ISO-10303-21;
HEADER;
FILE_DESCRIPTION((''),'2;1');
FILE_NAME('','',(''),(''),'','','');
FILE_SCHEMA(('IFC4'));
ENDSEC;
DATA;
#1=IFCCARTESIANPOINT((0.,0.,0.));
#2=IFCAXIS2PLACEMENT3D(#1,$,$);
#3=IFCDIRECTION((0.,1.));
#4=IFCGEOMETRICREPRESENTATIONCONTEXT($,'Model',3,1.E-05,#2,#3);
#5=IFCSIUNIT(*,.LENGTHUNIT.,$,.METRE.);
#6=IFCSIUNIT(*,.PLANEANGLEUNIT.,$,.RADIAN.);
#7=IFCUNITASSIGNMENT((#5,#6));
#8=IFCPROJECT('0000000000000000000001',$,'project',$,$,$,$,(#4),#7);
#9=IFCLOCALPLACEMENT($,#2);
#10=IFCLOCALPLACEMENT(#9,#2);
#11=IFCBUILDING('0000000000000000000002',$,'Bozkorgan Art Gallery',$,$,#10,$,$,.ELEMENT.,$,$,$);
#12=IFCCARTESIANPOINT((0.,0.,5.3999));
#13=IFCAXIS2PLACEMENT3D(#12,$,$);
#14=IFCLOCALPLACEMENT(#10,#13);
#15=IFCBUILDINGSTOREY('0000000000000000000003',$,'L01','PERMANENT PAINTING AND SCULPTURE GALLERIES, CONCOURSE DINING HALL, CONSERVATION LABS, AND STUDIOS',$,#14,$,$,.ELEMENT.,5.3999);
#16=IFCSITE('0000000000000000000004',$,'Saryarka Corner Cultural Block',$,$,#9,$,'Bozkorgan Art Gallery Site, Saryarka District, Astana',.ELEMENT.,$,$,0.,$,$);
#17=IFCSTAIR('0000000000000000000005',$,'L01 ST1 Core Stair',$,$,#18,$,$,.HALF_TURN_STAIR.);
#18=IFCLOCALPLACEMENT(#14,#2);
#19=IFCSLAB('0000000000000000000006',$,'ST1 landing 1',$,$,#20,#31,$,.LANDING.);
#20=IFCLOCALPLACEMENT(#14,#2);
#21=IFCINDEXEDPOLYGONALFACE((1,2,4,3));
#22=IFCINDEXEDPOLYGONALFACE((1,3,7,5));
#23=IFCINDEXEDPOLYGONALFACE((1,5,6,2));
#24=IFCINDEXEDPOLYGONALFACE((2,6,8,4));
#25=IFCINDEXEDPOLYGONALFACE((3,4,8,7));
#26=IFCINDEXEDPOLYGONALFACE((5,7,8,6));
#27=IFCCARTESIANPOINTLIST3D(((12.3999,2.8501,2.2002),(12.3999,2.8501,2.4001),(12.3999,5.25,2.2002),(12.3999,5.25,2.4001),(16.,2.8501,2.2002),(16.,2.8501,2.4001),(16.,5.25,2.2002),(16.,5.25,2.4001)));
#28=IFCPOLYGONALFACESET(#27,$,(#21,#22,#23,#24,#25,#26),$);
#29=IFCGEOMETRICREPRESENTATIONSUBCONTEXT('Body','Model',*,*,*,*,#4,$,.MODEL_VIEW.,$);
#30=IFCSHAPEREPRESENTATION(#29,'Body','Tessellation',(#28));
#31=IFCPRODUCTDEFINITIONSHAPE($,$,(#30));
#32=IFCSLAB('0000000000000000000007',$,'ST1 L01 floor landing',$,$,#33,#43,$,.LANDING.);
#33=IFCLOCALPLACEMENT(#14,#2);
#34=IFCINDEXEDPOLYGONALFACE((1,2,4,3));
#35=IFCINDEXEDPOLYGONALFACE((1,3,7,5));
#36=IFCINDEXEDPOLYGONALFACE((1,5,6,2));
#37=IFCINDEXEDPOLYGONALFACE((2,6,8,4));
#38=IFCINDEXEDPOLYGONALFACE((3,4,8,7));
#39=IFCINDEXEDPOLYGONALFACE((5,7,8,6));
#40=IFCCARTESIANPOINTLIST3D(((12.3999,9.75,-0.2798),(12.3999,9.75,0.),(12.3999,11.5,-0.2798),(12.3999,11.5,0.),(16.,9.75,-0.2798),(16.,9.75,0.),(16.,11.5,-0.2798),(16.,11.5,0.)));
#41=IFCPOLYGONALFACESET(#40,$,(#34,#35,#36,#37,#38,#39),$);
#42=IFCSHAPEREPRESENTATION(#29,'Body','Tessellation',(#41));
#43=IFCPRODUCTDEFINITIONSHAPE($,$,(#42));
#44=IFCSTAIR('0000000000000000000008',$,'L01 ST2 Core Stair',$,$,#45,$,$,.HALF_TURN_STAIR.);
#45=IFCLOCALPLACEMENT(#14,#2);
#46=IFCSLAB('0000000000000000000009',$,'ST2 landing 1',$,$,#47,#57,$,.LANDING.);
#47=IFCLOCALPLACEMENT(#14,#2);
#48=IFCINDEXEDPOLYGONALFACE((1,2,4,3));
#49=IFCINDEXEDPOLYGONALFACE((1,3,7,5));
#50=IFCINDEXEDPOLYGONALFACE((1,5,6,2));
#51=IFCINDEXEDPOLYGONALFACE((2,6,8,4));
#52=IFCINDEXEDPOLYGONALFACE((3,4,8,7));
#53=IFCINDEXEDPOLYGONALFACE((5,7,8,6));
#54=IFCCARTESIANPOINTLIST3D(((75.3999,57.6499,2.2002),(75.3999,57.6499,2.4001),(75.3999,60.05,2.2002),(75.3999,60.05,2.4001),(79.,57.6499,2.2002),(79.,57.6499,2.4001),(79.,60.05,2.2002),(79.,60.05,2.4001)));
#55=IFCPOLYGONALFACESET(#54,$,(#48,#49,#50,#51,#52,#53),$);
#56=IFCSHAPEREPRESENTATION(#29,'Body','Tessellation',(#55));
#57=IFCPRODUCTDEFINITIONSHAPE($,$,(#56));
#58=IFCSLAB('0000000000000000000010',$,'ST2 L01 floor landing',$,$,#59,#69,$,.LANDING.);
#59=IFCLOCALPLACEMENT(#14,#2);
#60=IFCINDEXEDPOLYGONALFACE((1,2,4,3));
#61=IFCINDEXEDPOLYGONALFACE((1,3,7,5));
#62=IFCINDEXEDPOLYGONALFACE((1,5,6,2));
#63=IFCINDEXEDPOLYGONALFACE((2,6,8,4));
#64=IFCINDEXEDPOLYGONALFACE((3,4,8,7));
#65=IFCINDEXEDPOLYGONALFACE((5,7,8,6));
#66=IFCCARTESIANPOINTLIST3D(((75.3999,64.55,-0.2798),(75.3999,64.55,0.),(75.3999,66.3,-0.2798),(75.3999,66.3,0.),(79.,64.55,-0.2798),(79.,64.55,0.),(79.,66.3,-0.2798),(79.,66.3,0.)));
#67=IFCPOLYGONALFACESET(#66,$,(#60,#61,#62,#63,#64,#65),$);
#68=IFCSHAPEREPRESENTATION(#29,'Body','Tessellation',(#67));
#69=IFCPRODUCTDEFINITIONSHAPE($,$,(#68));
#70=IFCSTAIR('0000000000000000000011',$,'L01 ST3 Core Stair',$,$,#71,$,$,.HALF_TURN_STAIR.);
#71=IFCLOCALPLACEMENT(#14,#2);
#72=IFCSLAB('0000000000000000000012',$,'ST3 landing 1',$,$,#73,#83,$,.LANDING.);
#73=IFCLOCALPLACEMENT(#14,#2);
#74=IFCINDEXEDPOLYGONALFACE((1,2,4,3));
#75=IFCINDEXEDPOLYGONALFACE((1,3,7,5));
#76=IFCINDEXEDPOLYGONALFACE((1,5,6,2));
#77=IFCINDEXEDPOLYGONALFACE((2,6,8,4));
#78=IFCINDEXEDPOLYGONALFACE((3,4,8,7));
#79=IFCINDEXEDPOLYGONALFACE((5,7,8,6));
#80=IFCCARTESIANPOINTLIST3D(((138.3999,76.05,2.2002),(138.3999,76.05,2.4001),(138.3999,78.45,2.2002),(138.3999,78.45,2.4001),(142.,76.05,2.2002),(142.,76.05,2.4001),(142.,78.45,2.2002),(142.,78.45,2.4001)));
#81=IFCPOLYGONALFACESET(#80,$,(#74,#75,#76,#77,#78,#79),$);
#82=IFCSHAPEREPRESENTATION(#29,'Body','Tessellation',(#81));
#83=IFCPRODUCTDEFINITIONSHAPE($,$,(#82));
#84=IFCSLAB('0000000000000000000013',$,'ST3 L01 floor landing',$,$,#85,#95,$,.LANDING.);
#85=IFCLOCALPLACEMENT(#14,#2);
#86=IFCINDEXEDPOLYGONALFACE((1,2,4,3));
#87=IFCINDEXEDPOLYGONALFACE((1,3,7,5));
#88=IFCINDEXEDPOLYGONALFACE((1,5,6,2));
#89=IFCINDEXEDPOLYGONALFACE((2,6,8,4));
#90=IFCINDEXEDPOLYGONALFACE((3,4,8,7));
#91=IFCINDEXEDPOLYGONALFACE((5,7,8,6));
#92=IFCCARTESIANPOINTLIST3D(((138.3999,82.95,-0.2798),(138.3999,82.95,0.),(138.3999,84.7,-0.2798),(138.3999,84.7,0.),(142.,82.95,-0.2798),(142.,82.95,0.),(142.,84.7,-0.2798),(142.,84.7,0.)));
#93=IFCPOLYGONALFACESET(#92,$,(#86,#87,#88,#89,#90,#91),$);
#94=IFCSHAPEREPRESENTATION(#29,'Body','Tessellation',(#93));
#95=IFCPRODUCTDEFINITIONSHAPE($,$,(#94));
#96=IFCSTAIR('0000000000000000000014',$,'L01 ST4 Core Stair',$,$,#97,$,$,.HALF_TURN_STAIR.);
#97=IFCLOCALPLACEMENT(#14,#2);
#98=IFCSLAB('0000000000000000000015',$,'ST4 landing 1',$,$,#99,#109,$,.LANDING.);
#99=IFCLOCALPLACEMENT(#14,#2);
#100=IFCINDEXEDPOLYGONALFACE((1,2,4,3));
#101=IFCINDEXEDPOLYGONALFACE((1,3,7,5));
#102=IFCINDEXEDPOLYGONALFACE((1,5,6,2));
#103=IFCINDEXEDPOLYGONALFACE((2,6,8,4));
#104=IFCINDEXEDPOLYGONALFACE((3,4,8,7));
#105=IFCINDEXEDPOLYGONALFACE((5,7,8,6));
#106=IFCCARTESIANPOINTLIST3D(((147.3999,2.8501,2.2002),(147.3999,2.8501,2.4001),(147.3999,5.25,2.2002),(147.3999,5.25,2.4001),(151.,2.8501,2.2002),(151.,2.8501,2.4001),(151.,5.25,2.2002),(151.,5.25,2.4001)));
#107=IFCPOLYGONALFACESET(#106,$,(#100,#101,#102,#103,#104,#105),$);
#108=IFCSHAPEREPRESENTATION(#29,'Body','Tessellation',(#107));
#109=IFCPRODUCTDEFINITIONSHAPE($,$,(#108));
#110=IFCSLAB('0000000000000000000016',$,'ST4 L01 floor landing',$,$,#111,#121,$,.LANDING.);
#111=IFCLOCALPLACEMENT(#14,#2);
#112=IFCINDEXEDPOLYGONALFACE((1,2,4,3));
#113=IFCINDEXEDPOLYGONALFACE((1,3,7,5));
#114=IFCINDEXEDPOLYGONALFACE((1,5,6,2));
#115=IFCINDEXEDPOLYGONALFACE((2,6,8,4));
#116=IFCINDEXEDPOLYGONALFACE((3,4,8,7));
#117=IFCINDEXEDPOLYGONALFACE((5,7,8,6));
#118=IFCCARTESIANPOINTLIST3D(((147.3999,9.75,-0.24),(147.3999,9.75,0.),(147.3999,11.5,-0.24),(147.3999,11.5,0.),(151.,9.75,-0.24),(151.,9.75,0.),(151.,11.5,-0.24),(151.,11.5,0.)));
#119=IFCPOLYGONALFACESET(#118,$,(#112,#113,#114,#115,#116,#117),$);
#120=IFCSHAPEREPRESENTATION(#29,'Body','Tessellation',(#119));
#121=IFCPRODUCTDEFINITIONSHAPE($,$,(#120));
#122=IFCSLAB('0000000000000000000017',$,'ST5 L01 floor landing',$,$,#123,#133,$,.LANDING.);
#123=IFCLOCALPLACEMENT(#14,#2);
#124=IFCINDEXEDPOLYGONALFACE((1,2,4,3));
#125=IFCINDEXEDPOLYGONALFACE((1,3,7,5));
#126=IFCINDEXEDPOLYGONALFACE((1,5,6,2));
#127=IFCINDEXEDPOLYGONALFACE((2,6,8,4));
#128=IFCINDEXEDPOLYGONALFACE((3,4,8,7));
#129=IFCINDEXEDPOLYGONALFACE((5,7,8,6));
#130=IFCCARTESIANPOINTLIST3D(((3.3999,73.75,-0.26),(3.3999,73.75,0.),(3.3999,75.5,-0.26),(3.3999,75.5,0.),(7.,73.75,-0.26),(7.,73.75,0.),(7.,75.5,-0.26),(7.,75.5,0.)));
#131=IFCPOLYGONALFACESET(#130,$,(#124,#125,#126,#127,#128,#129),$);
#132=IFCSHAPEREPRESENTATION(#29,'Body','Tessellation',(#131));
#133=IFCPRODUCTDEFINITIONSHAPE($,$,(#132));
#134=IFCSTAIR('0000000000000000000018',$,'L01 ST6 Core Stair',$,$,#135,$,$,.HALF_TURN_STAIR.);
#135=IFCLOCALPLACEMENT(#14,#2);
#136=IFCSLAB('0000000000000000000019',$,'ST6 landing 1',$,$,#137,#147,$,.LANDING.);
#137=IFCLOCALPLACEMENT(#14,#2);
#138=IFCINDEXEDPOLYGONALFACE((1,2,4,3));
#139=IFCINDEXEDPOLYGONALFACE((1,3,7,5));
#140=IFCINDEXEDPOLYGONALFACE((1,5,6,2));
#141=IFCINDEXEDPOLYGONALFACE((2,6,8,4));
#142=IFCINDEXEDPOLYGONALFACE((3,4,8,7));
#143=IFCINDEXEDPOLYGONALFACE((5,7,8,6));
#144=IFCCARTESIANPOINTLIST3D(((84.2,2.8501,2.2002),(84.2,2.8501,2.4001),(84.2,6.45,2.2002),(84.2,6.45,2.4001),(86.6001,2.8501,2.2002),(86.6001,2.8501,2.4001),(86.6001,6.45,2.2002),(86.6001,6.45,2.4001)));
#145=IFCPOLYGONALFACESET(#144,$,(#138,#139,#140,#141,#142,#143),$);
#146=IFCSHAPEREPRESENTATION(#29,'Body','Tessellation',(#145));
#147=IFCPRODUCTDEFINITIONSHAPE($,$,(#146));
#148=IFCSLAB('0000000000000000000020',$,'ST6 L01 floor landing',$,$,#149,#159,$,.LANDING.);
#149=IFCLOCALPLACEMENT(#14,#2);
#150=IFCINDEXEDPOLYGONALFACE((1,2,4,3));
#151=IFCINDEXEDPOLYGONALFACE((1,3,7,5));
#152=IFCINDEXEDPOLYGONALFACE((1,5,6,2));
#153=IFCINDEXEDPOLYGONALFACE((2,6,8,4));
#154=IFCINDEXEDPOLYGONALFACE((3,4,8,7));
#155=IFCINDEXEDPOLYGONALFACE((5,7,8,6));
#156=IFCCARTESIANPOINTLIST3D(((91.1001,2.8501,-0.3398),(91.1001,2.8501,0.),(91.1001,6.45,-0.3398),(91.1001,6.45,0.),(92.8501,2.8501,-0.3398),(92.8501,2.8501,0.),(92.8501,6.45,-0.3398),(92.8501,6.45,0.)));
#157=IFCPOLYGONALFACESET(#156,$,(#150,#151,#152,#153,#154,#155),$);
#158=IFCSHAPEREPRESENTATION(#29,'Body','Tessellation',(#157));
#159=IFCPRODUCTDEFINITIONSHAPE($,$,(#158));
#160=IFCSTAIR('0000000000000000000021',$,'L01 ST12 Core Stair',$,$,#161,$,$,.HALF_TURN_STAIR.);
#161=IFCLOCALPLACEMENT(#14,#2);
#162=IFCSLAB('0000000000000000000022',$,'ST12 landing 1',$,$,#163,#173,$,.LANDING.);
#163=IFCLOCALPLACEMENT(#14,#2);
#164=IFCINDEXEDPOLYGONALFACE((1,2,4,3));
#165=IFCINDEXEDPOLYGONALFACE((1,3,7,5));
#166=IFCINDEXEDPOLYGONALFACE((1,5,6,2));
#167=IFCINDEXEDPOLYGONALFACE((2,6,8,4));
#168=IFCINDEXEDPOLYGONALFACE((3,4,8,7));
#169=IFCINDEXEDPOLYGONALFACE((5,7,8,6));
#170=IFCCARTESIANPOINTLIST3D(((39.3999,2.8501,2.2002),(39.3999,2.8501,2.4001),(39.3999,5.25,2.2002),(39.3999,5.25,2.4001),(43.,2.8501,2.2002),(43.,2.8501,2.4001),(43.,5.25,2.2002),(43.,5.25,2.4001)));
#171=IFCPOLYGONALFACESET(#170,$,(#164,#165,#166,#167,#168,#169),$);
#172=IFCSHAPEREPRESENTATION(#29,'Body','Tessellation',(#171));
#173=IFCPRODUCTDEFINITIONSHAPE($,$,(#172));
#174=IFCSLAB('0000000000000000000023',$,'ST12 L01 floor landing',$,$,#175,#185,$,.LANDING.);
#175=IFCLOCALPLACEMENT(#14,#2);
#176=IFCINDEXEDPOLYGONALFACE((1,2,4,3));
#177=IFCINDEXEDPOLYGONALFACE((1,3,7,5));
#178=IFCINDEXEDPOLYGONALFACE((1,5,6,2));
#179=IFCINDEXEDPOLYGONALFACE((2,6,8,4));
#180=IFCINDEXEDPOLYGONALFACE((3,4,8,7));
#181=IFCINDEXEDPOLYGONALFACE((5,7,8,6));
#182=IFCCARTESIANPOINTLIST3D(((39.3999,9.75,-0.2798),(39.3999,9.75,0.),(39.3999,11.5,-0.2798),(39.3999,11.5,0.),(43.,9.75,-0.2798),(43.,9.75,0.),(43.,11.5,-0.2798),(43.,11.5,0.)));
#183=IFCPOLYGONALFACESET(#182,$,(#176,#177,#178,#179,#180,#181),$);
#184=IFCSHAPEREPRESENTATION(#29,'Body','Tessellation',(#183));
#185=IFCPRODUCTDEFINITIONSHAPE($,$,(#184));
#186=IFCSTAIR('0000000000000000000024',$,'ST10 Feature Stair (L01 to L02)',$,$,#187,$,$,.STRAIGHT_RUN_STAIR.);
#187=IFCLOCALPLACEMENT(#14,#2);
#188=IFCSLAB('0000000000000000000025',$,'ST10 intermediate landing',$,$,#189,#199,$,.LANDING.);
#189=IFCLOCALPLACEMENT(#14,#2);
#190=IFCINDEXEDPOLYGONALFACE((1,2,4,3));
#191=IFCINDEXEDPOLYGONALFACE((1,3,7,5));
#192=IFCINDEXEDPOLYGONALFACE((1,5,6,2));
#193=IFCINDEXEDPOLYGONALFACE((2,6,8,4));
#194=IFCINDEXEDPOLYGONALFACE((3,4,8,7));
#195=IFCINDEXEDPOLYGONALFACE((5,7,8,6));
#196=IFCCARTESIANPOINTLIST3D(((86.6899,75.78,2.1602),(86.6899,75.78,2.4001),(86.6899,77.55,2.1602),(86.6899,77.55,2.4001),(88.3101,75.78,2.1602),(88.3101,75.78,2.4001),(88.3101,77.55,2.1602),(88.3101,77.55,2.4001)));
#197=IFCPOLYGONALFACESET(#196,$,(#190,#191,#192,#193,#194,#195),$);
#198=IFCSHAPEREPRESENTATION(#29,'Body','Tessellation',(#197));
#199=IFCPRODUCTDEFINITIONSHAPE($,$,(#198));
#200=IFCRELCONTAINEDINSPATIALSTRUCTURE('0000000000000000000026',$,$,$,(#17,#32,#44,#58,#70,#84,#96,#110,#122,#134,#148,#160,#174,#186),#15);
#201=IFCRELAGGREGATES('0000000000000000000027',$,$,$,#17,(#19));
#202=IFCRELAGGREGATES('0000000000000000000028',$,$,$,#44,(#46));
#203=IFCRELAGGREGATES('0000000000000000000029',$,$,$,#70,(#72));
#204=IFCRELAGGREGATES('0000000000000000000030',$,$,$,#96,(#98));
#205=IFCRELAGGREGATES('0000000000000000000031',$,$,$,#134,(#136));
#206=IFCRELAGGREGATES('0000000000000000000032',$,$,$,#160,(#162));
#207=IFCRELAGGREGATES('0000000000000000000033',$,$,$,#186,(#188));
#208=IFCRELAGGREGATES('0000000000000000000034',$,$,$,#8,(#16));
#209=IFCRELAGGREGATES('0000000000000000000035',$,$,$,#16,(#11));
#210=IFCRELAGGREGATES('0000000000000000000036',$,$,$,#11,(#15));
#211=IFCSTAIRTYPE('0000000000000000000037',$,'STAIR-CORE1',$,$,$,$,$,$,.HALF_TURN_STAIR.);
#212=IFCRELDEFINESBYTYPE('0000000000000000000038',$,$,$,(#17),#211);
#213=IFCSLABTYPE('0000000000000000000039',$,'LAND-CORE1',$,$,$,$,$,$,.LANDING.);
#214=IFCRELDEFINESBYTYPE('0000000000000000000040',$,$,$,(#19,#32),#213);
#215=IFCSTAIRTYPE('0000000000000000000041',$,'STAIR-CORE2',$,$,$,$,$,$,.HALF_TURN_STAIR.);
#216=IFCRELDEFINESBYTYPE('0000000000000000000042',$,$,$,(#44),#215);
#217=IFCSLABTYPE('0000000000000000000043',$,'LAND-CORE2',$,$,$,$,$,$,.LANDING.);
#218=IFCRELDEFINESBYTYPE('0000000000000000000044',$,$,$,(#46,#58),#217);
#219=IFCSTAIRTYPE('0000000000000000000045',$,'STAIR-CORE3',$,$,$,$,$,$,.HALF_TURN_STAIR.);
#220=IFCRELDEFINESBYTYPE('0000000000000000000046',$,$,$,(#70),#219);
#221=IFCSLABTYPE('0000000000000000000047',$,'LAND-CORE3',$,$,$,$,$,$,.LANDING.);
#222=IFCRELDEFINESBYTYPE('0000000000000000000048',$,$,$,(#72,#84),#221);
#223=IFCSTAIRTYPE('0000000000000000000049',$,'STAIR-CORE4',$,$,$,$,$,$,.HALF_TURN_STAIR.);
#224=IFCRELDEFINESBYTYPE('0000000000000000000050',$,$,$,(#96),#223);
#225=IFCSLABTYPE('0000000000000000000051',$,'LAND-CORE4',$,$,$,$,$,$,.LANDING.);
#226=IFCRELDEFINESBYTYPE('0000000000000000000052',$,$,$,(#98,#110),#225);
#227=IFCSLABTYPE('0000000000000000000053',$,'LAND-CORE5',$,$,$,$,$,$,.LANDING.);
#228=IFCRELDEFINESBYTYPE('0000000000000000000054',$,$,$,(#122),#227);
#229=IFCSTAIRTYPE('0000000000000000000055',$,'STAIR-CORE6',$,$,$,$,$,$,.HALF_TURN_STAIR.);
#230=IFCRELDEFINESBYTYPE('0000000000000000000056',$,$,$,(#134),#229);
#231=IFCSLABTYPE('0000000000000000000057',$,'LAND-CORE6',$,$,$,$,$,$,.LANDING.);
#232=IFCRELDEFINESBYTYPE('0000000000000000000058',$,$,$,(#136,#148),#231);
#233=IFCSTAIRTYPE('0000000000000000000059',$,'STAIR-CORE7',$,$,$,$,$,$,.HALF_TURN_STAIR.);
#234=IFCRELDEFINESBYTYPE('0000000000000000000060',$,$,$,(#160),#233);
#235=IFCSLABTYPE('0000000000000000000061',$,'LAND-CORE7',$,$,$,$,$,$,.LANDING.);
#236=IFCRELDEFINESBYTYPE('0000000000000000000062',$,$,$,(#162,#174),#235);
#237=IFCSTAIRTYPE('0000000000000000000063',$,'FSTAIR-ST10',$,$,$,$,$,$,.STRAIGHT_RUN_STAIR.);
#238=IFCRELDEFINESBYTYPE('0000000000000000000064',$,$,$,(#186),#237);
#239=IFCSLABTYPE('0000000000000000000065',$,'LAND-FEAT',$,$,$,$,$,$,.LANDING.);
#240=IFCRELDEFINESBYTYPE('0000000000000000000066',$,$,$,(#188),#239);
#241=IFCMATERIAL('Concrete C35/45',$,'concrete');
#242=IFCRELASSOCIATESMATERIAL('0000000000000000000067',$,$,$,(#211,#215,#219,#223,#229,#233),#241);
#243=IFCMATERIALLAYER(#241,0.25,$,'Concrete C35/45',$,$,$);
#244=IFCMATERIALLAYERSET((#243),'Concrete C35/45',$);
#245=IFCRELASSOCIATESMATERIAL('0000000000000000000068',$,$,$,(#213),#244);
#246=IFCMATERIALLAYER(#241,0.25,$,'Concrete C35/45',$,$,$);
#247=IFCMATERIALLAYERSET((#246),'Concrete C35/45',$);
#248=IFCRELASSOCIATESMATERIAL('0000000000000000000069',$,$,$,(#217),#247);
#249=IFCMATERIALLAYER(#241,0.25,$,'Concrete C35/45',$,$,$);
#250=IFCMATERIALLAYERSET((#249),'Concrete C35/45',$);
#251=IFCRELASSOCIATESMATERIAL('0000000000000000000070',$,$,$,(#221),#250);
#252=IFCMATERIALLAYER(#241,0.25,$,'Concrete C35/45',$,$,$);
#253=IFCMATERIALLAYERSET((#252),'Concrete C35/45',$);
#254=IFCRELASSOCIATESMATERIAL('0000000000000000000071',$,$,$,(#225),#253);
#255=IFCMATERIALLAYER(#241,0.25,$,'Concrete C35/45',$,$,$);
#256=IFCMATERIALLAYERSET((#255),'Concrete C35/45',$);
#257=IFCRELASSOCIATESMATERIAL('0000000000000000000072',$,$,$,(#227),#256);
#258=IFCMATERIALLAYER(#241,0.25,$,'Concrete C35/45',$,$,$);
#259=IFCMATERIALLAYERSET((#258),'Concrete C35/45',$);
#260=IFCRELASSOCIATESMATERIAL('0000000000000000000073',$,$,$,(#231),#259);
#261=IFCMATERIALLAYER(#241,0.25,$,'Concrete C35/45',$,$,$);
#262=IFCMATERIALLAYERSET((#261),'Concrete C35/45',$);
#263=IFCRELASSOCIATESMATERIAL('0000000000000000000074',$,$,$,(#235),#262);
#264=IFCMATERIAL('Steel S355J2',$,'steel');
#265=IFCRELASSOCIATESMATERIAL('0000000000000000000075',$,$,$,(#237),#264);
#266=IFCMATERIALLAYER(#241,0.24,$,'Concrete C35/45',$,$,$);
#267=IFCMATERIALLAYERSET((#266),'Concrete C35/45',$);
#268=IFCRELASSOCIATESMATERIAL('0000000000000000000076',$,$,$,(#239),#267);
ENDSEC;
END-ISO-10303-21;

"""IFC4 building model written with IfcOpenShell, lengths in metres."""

from ifc_helpers import new_model, si_unit, direction, frame, origin, place, context, subcontext, project, spatial, polyline, outline, extrude, material, layer, layer_set, type_object, element, aggregate, save


model = new_model("IFC4")

# Units and contexts
model_context = context("Model", 3, precision=1e-05, world=origin(), true_north=direction((0.0, 1.0)))
body_context = subcontext(model_context, "Body", "Model", "MODEL_VIEW")
ifc_project = project(units=[si_unit("LENGTHUNIT", "METRE"), si_unit("PLANEANGLEUNIT", "RADIAN")], contexts=[model_context])

# Site, building, storey
site_placement = place(None, origin())
site = spatial("IfcSite", under=ifc_project, at=site_placement, Name="Saryarka Corner Cultural Block", LongName="Bozkorgan Art Gallery Site, Saryarka District, Astana", CompositionType="ELEMENT", RefElevation=0.0)
building_placement = place(site_placement, origin())
building = spatial("IfcBuilding", under=site, at=building_placement, Name="Bozkorgan Art Gallery", CompositionType="ELEMENT")
storey_placement = place(building_placement, frame((0.0, 0.0, 5.3999)))
storey = spatial("IfcBuildingStorey", under=building, at=storey_placement, Name="L01", Description="PERMANENT PAINTING AND SCULPTURE GALLERIES, CONCOURSE DINING HALL, CONSERVATION LABS, AND STUDIOS", CompositionType="ELEMENT", Elevation=5.3999)

# Stair, slab
ifc_material_1 = material(Name="Concrete C35/45", Category="concrete")
stair_type_1 = type_object("IfcStairType", Name="STAIR-CORE1", PredefinedType="HALF_TURN_STAIR", material=ifc_material_1)
stair_1_placement = place(storey_placement, origin())
stair_1 = element("IfcStair", 1, at=stair_1_placement, inside=storey, type_object=stair_type_1, Name="L01 ST1 Core Stair", PredefinedType="HALF_TURN_STAIR")
ifc_layer_1 = layer(ifc_material_1, 0.25, Name="Concrete C35/45")
ifc_layer_set_1 = layer_set([ifc_layer_1], Name="Concrete C35/45")
slab_type_1 = type_object("IfcSlabType", Name="LAND-CORE1", PredefinedType="LANDING", material=ifc_layer_set_1)
slab_1_placement = place(storey_placement, frame((0.0, 0.0, 2.2002)))
slab_1 = element("IfcSlab", 2, at=slab_1_placement, type_object=slab_type_1, Name="ST1 landing 1", PredefinedType="LANDING", context=body_context, shape_type="SweptSolid", body=[
    extrude(outline(polyline([(12.3999, 5.25), (12.3999, 2.8501), (16.0, 2.8501), (16.0, 5.25), (12.3999, 5.25)])), origin(), (0.0, 0.0, 1.0), 0.2),
])
aggregate(stair_1, [slab_1])

# Slab
slab_2_placement = place(storey_placement, frame((0.0, 0.0, -0.2798)))
element("IfcSlab", 3, at=slab_2_placement, inside=storey, type_object=slab_type_1, Name="ST1 L01 floor landing", PredefinedType="LANDING", context=body_context, shape_type="SweptSolid", body=[
    extrude(outline(polyline([(12.3999, 9.75), (16.0, 9.75), (16.0, 11.5), (12.3999, 11.5), (12.3999, 9.75)])), origin(), (0.0, 0.0, 1.0), 0.2798),
])

# Stair, slab
stair_type_2 = type_object("IfcStairType", Name="STAIR-CORE2", PredefinedType="HALF_TURN_STAIR", material=ifc_material_1)
stair_2_placement = place(storey_placement, origin())
stair_2 = element("IfcStair", 4, at=stair_2_placement, inside=storey, type_object=stair_type_2, Name="L01 ST2 Core Stair", PredefinedType="HALF_TURN_STAIR")
ifc_layer_2 = layer(ifc_material_1, 0.25, Name="Concrete C35/45")
ifc_layer_set_2 = layer_set([ifc_layer_2], Name="Concrete C35/45")
slab_type_2 = type_object("IfcSlabType", Name="LAND-CORE2", PredefinedType="LANDING", material=ifc_layer_set_2)
slab_3_placement = place(storey_placement, frame((0.0, 0.0, 2.2002)))
slab_3 = element("IfcSlab", 5, at=slab_3_placement, type_object=slab_type_2, Name="ST2 landing 1", PredefinedType="LANDING", context=body_context, shape_type="SweptSolid", body=[
    extrude(outline(polyline([(75.3999, 60.05), (75.3999, 57.6499), (79.0, 57.6499), (79.0, 60.05), (75.3999, 60.05)])), origin(), (0.0, 0.0, 1.0), 0.2),
])
aggregate(stair_2, [slab_3])

# Slab
slab_4_placement = place(storey_placement, frame((0.0, 0.0, -0.2798)))
element("IfcSlab", 6, at=slab_4_placement, inside=storey, type_object=slab_type_2, Name="ST2 L01 floor landing", PredefinedType="LANDING", context=body_context, shape_type="SweptSolid", body=[
    extrude(outline(polyline([(75.3999, 64.55), (79.0, 64.55), (79.0, 66.3), (75.3999, 66.3), (75.3999, 64.55)])), origin(), (0.0, 0.0, 1.0), 0.2798),
])

# Stair, slab
stair_type_3 = type_object("IfcStairType", Name="STAIR-CORE3", PredefinedType="HALF_TURN_STAIR", material=ifc_material_1)
stair_3_placement = place(storey_placement, origin())
stair_3 = element("IfcStair", 7, at=stair_3_placement, inside=storey, type_object=stair_type_3, Name="L01 ST3 Core Stair", PredefinedType="HALF_TURN_STAIR")
ifc_layer_3 = layer(ifc_material_1, 0.25, Name="Concrete C35/45")
ifc_layer_set_3 = layer_set([ifc_layer_3], Name="Concrete C35/45")
slab_type_3 = type_object("IfcSlabType", Name="LAND-CORE3", PredefinedType="LANDING", material=ifc_layer_set_3)
slab_5_placement = place(storey_placement, frame((0.0, 0.0, 2.2002)))
slab_5 = element("IfcSlab", 8, at=slab_5_placement, type_object=slab_type_3, Name="ST3 landing 1", PredefinedType="LANDING", context=body_context, shape_type="SweptSolid", body=[
    extrude(outline(polyline([(138.3999, 78.45), (138.3999, 76.05), (142.0, 76.05), (142.0, 78.45), (138.3999, 78.45)])), origin(), (0.0, 0.0, 1.0), 0.2),
])
aggregate(stair_3, [slab_5])

# Slab
slab_6_placement = place(storey_placement, frame((0.0, 0.0, -0.2798)))
element("IfcSlab", 9, at=slab_6_placement, inside=storey, type_object=slab_type_3, Name="ST3 L01 floor landing", PredefinedType="LANDING", context=body_context, shape_type="SweptSolid", body=[
    extrude(outline(polyline([(138.3999, 82.95), (142.0, 82.95), (142.0, 84.7), (138.3999, 84.7), (138.3999, 82.95)])), origin(), (0.0, 0.0, 1.0), 0.2798),
])

# Stair, slab
stair_type_4 = type_object("IfcStairType", Name="STAIR-CORE4", PredefinedType="HALF_TURN_STAIR", material=ifc_material_1)
stair_4_placement = place(storey_placement, origin())
stair_4 = element("IfcStair", 10, at=stair_4_placement, inside=storey, type_object=stair_type_4, Name="L01 ST4 Core Stair", PredefinedType="HALF_TURN_STAIR")
ifc_layer_4 = layer(ifc_material_1, 0.25, Name="Concrete C35/45")
ifc_layer_set_4 = layer_set([ifc_layer_4], Name="Concrete C35/45")
slab_type_4 = type_object("IfcSlabType", Name="LAND-CORE4", PredefinedType="LANDING", material=ifc_layer_set_4)
slab_7_placement = place(storey_placement, frame((0.0, 0.0, 2.2002)))
slab_7 = element("IfcSlab", 11, at=slab_7_placement, type_object=slab_type_4, Name="ST4 landing 1", PredefinedType="LANDING", context=body_context, shape_type="SweptSolid", body=[
    extrude(outline(polyline([(147.3999, 5.25), (147.3999, 2.8501), (151.0, 2.8501), (151.0, 5.25), (147.3999, 5.25)])), origin(), (0.0, 0.0, 1.0), 0.2),
])
aggregate(stair_4, [slab_7])

# Slabs
slab_8_placement = place(storey_placement, frame((0.0, 0.0, -0.24)))
element("IfcSlab", 12, at=slab_8_placement, inside=storey, type_object=slab_type_4, Name="ST4 L01 floor landing", PredefinedType="LANDING", context=body_context, shape_type="SweptSolid", body=[
    extrude(outline(polyline([(147.3999, 9.75), (151.0, 9.75), (151.0, 11.5), (147.3999, 11.5), (147.3999, 9.75)])), origin(), (0.0, 0.0, 1.0), 0.24),
])
ifc_layer_5 = layer(ifc_material_1, 0.25, Name="Concrete C35/45")
ifc_layer_set_5 = layer_set([ifc_layer_5], Name="Concrete C35/45")
slab_type_5 = type_object("IfcSlabType", Name="LAND-CORE5", PredefinedType="LANDING", material=ifc_layer_set_5)
slab_9_placement = place(storey_placement, frame((0.0, 0.0, -0.26)))
element("IfcSlab", 13, at=slab_9_placement, inside=storey, type_object=slab_type_5, Name="ST5 L01 floor landing", PredefinedType="LANDING", context=body_context, shape_type="SweptSolid", body=[
    extrude(outline(polyline([(3.3999, 73.75), (7.0, 73.75), (7.0, 75.5), (3.3999, 75.5), (3.3999, 73.75)])), origin(), (0.0, 0.0, 1.0), 0.26),
])

# Stair, slab
stair_type_5 = type_object("IfcStairType", Name="STAIR-CORE6", PredefinedType="HALF_TURN_STAIR", material=ifc_material_1)
stair_5_placement = place(storey_placement, origin())
stair_5 = element("IfcStair", 14, at=stair_5_placement, inside=storey, type_object=stair_type_5, Name="L01 ST6 Core Stair", PredefinedType="HALF_TURN_STAIR")
ifc_layer_6 = layer(ifc_material_1, 0.25, Name="Concrete C35/45")
ifc_layer_set_6 = layer_set([ifc_layer_6], Name="Concrete C35/45")
slab_type_6 = type_object("IfcSlabType", Name="LAND-CORE6", PredefinedType="LANDING", material=ifc_layer_set_6)
slab_10_placement = place(storey_placement, frame((0.0, 0.0, 2.2002)))
slab_10 = element("IfcSlab", 15, at=slab_10_placement, type_object=slab_type_6, Name="ST6 landing 1", PredefinedType="LANDING", context=body_context, shape_type="SweptSolid", body=[
    extrude(outline(polyline([(86.6001, 6.45), (84.2, 6.45), (84.2, 2.8501), (86.6001, 2.8501), (86.6001, 6.45)])), origin(), (0.0, 0.0, 1.0), 0.2),
])
aggregate(stair_5, [slab_10])

# Slab
slab_11_placement = place(storey_placement, frame((0.0, 0.0, -0.3398)))
element("IfcSlab", 16, at=slab_11_placement, inside=storey, type_object=slab_type_6, Name="ST6 L01 floor landing", PredefinedType="LANDING", context=body_context, shape_type="SweptSolid", body=[
    extrude(outline(polyline([(91.1001, 2.8501), (92.8501, 2.8501), (92.8501, 6.45), (91.1001, 6.45), (91.1001, 2.8501)])), origin(), (0.0, 0.0, 1.0), 0.3398),
])

# Stair, slab
stair_type_6 = type_object("IfcStairType", Name="STAIR-CORE7", PredefinedType="HALF_TURN_STAIR", material=ifc_material_1)
stair_6_placement = place(storey_placement, origin())
stair_6 = element("IfcStair", 17, at=stair_6_placement, inside=storey, type_object=stair_type_6, Name="L01 ST12 Core Stair", PredefinedType="HALF_TURN_STAIR")
ifc_layer_7 = layer(ifc_material_1, 0.25, Name="Concrete C35/45")
ifc_layer_set_7 = layer_set([ifc_layer_7], Name="Concrete C35/45")
slab_type_7 = type_object("IfcSlabType", Name="LAND-CORE7", PredefinedType="LANDING", material=ifc_layer_set_7)
slab_12_placement = place(storey_placement, frame((0.0, 0.0, 2.2002)))
slab_12 = element("IfcSlab", 18, at=slab_12_placement, type_object=slab_type_7, Name="ST12 landing 1", PredefinedType="LANDING", context=body_context, shape_type="SweptSolid", body=[
    extrude(outline(polyline([(39.3999, 5.25), (39.3999, 2.8501), (43.0, 2.8501), (43.0, 5.25), (39.3999, 5.25)])), origin(), (0.0, 0.0, 1.0), 0.2),
])
aggregate(stair_6, [slab_12])

# Slab
slab_13_placement = place(storey_placement, frame((0.0, 0.0, -0.2798)))
element("IfcSlab", 19, at=slab_13_placement, inside=storey, type_object=slab_type_7, Name="ST12 L01 floor landing", PredefinedType="LANDING", context=body_context, shape_type="SweptSolid", body=[
    extrude(outline(polyline([(39.3999, 9.75), (43.0, 9.75), (43.0, 11.5), (39.3999, 11.5), (39.3999, 9.75)])), origin(), (0.0, 0.0, 1.0), 0.2798),
])

# Stair, slab
ifc_material_2 = material(Name="Steel S355J2", Category="steel")
stair_type_7 = type_object("IfcStairType", Name="FSTAIR-ST10", PredefinedType="STRAIGHT_RUN_STAIR", material=ifc_material_2)
stair_7_placement = place(storey_placement, origin())
stair_7 = element("IfcStair", 20, at=stair_7_placement, inside=storey, type_object=stair_type_7, Name="ST10 Feature Stair (L01 to L02)", PredefinedType="STRAIGHT_RUN_STAIR")
ifc_layer_8 = layer(ifc_material_1, 0.24, Name="Concrete C35/45")
ifc_layer_set_8 = layer_set([ifc_layer_8], Name="Concrete C35/45")
slab_type_8 = type_object("IfcSlabType", Name="LAND-FEAT", PredefinedType="LANDING", material=ifc_layer_set_8)
slab_14_placement = place(storey_placement, frame((0.0, 0.0, 2.1602)))
slab_14 = element("IfcSlab", 21, at=slab_14_placement, type_object=slab_type_8, Name="ST10 intermediate landing", PredefinedType="LANDING", context=body_context, shape_type="SweptSolid", body=[
    extrude(outline(polyline([(86.6899, 75.78), (88.3101, 75.78), (88.3101, 77.55), (86.6899, 77.55), (86.6899, 75.78)])), origin(), (0.0, 0.0, 1.0), 0.24),
])
aggregate(stair_7, [slab_14])

save(model, "model.ifc")
